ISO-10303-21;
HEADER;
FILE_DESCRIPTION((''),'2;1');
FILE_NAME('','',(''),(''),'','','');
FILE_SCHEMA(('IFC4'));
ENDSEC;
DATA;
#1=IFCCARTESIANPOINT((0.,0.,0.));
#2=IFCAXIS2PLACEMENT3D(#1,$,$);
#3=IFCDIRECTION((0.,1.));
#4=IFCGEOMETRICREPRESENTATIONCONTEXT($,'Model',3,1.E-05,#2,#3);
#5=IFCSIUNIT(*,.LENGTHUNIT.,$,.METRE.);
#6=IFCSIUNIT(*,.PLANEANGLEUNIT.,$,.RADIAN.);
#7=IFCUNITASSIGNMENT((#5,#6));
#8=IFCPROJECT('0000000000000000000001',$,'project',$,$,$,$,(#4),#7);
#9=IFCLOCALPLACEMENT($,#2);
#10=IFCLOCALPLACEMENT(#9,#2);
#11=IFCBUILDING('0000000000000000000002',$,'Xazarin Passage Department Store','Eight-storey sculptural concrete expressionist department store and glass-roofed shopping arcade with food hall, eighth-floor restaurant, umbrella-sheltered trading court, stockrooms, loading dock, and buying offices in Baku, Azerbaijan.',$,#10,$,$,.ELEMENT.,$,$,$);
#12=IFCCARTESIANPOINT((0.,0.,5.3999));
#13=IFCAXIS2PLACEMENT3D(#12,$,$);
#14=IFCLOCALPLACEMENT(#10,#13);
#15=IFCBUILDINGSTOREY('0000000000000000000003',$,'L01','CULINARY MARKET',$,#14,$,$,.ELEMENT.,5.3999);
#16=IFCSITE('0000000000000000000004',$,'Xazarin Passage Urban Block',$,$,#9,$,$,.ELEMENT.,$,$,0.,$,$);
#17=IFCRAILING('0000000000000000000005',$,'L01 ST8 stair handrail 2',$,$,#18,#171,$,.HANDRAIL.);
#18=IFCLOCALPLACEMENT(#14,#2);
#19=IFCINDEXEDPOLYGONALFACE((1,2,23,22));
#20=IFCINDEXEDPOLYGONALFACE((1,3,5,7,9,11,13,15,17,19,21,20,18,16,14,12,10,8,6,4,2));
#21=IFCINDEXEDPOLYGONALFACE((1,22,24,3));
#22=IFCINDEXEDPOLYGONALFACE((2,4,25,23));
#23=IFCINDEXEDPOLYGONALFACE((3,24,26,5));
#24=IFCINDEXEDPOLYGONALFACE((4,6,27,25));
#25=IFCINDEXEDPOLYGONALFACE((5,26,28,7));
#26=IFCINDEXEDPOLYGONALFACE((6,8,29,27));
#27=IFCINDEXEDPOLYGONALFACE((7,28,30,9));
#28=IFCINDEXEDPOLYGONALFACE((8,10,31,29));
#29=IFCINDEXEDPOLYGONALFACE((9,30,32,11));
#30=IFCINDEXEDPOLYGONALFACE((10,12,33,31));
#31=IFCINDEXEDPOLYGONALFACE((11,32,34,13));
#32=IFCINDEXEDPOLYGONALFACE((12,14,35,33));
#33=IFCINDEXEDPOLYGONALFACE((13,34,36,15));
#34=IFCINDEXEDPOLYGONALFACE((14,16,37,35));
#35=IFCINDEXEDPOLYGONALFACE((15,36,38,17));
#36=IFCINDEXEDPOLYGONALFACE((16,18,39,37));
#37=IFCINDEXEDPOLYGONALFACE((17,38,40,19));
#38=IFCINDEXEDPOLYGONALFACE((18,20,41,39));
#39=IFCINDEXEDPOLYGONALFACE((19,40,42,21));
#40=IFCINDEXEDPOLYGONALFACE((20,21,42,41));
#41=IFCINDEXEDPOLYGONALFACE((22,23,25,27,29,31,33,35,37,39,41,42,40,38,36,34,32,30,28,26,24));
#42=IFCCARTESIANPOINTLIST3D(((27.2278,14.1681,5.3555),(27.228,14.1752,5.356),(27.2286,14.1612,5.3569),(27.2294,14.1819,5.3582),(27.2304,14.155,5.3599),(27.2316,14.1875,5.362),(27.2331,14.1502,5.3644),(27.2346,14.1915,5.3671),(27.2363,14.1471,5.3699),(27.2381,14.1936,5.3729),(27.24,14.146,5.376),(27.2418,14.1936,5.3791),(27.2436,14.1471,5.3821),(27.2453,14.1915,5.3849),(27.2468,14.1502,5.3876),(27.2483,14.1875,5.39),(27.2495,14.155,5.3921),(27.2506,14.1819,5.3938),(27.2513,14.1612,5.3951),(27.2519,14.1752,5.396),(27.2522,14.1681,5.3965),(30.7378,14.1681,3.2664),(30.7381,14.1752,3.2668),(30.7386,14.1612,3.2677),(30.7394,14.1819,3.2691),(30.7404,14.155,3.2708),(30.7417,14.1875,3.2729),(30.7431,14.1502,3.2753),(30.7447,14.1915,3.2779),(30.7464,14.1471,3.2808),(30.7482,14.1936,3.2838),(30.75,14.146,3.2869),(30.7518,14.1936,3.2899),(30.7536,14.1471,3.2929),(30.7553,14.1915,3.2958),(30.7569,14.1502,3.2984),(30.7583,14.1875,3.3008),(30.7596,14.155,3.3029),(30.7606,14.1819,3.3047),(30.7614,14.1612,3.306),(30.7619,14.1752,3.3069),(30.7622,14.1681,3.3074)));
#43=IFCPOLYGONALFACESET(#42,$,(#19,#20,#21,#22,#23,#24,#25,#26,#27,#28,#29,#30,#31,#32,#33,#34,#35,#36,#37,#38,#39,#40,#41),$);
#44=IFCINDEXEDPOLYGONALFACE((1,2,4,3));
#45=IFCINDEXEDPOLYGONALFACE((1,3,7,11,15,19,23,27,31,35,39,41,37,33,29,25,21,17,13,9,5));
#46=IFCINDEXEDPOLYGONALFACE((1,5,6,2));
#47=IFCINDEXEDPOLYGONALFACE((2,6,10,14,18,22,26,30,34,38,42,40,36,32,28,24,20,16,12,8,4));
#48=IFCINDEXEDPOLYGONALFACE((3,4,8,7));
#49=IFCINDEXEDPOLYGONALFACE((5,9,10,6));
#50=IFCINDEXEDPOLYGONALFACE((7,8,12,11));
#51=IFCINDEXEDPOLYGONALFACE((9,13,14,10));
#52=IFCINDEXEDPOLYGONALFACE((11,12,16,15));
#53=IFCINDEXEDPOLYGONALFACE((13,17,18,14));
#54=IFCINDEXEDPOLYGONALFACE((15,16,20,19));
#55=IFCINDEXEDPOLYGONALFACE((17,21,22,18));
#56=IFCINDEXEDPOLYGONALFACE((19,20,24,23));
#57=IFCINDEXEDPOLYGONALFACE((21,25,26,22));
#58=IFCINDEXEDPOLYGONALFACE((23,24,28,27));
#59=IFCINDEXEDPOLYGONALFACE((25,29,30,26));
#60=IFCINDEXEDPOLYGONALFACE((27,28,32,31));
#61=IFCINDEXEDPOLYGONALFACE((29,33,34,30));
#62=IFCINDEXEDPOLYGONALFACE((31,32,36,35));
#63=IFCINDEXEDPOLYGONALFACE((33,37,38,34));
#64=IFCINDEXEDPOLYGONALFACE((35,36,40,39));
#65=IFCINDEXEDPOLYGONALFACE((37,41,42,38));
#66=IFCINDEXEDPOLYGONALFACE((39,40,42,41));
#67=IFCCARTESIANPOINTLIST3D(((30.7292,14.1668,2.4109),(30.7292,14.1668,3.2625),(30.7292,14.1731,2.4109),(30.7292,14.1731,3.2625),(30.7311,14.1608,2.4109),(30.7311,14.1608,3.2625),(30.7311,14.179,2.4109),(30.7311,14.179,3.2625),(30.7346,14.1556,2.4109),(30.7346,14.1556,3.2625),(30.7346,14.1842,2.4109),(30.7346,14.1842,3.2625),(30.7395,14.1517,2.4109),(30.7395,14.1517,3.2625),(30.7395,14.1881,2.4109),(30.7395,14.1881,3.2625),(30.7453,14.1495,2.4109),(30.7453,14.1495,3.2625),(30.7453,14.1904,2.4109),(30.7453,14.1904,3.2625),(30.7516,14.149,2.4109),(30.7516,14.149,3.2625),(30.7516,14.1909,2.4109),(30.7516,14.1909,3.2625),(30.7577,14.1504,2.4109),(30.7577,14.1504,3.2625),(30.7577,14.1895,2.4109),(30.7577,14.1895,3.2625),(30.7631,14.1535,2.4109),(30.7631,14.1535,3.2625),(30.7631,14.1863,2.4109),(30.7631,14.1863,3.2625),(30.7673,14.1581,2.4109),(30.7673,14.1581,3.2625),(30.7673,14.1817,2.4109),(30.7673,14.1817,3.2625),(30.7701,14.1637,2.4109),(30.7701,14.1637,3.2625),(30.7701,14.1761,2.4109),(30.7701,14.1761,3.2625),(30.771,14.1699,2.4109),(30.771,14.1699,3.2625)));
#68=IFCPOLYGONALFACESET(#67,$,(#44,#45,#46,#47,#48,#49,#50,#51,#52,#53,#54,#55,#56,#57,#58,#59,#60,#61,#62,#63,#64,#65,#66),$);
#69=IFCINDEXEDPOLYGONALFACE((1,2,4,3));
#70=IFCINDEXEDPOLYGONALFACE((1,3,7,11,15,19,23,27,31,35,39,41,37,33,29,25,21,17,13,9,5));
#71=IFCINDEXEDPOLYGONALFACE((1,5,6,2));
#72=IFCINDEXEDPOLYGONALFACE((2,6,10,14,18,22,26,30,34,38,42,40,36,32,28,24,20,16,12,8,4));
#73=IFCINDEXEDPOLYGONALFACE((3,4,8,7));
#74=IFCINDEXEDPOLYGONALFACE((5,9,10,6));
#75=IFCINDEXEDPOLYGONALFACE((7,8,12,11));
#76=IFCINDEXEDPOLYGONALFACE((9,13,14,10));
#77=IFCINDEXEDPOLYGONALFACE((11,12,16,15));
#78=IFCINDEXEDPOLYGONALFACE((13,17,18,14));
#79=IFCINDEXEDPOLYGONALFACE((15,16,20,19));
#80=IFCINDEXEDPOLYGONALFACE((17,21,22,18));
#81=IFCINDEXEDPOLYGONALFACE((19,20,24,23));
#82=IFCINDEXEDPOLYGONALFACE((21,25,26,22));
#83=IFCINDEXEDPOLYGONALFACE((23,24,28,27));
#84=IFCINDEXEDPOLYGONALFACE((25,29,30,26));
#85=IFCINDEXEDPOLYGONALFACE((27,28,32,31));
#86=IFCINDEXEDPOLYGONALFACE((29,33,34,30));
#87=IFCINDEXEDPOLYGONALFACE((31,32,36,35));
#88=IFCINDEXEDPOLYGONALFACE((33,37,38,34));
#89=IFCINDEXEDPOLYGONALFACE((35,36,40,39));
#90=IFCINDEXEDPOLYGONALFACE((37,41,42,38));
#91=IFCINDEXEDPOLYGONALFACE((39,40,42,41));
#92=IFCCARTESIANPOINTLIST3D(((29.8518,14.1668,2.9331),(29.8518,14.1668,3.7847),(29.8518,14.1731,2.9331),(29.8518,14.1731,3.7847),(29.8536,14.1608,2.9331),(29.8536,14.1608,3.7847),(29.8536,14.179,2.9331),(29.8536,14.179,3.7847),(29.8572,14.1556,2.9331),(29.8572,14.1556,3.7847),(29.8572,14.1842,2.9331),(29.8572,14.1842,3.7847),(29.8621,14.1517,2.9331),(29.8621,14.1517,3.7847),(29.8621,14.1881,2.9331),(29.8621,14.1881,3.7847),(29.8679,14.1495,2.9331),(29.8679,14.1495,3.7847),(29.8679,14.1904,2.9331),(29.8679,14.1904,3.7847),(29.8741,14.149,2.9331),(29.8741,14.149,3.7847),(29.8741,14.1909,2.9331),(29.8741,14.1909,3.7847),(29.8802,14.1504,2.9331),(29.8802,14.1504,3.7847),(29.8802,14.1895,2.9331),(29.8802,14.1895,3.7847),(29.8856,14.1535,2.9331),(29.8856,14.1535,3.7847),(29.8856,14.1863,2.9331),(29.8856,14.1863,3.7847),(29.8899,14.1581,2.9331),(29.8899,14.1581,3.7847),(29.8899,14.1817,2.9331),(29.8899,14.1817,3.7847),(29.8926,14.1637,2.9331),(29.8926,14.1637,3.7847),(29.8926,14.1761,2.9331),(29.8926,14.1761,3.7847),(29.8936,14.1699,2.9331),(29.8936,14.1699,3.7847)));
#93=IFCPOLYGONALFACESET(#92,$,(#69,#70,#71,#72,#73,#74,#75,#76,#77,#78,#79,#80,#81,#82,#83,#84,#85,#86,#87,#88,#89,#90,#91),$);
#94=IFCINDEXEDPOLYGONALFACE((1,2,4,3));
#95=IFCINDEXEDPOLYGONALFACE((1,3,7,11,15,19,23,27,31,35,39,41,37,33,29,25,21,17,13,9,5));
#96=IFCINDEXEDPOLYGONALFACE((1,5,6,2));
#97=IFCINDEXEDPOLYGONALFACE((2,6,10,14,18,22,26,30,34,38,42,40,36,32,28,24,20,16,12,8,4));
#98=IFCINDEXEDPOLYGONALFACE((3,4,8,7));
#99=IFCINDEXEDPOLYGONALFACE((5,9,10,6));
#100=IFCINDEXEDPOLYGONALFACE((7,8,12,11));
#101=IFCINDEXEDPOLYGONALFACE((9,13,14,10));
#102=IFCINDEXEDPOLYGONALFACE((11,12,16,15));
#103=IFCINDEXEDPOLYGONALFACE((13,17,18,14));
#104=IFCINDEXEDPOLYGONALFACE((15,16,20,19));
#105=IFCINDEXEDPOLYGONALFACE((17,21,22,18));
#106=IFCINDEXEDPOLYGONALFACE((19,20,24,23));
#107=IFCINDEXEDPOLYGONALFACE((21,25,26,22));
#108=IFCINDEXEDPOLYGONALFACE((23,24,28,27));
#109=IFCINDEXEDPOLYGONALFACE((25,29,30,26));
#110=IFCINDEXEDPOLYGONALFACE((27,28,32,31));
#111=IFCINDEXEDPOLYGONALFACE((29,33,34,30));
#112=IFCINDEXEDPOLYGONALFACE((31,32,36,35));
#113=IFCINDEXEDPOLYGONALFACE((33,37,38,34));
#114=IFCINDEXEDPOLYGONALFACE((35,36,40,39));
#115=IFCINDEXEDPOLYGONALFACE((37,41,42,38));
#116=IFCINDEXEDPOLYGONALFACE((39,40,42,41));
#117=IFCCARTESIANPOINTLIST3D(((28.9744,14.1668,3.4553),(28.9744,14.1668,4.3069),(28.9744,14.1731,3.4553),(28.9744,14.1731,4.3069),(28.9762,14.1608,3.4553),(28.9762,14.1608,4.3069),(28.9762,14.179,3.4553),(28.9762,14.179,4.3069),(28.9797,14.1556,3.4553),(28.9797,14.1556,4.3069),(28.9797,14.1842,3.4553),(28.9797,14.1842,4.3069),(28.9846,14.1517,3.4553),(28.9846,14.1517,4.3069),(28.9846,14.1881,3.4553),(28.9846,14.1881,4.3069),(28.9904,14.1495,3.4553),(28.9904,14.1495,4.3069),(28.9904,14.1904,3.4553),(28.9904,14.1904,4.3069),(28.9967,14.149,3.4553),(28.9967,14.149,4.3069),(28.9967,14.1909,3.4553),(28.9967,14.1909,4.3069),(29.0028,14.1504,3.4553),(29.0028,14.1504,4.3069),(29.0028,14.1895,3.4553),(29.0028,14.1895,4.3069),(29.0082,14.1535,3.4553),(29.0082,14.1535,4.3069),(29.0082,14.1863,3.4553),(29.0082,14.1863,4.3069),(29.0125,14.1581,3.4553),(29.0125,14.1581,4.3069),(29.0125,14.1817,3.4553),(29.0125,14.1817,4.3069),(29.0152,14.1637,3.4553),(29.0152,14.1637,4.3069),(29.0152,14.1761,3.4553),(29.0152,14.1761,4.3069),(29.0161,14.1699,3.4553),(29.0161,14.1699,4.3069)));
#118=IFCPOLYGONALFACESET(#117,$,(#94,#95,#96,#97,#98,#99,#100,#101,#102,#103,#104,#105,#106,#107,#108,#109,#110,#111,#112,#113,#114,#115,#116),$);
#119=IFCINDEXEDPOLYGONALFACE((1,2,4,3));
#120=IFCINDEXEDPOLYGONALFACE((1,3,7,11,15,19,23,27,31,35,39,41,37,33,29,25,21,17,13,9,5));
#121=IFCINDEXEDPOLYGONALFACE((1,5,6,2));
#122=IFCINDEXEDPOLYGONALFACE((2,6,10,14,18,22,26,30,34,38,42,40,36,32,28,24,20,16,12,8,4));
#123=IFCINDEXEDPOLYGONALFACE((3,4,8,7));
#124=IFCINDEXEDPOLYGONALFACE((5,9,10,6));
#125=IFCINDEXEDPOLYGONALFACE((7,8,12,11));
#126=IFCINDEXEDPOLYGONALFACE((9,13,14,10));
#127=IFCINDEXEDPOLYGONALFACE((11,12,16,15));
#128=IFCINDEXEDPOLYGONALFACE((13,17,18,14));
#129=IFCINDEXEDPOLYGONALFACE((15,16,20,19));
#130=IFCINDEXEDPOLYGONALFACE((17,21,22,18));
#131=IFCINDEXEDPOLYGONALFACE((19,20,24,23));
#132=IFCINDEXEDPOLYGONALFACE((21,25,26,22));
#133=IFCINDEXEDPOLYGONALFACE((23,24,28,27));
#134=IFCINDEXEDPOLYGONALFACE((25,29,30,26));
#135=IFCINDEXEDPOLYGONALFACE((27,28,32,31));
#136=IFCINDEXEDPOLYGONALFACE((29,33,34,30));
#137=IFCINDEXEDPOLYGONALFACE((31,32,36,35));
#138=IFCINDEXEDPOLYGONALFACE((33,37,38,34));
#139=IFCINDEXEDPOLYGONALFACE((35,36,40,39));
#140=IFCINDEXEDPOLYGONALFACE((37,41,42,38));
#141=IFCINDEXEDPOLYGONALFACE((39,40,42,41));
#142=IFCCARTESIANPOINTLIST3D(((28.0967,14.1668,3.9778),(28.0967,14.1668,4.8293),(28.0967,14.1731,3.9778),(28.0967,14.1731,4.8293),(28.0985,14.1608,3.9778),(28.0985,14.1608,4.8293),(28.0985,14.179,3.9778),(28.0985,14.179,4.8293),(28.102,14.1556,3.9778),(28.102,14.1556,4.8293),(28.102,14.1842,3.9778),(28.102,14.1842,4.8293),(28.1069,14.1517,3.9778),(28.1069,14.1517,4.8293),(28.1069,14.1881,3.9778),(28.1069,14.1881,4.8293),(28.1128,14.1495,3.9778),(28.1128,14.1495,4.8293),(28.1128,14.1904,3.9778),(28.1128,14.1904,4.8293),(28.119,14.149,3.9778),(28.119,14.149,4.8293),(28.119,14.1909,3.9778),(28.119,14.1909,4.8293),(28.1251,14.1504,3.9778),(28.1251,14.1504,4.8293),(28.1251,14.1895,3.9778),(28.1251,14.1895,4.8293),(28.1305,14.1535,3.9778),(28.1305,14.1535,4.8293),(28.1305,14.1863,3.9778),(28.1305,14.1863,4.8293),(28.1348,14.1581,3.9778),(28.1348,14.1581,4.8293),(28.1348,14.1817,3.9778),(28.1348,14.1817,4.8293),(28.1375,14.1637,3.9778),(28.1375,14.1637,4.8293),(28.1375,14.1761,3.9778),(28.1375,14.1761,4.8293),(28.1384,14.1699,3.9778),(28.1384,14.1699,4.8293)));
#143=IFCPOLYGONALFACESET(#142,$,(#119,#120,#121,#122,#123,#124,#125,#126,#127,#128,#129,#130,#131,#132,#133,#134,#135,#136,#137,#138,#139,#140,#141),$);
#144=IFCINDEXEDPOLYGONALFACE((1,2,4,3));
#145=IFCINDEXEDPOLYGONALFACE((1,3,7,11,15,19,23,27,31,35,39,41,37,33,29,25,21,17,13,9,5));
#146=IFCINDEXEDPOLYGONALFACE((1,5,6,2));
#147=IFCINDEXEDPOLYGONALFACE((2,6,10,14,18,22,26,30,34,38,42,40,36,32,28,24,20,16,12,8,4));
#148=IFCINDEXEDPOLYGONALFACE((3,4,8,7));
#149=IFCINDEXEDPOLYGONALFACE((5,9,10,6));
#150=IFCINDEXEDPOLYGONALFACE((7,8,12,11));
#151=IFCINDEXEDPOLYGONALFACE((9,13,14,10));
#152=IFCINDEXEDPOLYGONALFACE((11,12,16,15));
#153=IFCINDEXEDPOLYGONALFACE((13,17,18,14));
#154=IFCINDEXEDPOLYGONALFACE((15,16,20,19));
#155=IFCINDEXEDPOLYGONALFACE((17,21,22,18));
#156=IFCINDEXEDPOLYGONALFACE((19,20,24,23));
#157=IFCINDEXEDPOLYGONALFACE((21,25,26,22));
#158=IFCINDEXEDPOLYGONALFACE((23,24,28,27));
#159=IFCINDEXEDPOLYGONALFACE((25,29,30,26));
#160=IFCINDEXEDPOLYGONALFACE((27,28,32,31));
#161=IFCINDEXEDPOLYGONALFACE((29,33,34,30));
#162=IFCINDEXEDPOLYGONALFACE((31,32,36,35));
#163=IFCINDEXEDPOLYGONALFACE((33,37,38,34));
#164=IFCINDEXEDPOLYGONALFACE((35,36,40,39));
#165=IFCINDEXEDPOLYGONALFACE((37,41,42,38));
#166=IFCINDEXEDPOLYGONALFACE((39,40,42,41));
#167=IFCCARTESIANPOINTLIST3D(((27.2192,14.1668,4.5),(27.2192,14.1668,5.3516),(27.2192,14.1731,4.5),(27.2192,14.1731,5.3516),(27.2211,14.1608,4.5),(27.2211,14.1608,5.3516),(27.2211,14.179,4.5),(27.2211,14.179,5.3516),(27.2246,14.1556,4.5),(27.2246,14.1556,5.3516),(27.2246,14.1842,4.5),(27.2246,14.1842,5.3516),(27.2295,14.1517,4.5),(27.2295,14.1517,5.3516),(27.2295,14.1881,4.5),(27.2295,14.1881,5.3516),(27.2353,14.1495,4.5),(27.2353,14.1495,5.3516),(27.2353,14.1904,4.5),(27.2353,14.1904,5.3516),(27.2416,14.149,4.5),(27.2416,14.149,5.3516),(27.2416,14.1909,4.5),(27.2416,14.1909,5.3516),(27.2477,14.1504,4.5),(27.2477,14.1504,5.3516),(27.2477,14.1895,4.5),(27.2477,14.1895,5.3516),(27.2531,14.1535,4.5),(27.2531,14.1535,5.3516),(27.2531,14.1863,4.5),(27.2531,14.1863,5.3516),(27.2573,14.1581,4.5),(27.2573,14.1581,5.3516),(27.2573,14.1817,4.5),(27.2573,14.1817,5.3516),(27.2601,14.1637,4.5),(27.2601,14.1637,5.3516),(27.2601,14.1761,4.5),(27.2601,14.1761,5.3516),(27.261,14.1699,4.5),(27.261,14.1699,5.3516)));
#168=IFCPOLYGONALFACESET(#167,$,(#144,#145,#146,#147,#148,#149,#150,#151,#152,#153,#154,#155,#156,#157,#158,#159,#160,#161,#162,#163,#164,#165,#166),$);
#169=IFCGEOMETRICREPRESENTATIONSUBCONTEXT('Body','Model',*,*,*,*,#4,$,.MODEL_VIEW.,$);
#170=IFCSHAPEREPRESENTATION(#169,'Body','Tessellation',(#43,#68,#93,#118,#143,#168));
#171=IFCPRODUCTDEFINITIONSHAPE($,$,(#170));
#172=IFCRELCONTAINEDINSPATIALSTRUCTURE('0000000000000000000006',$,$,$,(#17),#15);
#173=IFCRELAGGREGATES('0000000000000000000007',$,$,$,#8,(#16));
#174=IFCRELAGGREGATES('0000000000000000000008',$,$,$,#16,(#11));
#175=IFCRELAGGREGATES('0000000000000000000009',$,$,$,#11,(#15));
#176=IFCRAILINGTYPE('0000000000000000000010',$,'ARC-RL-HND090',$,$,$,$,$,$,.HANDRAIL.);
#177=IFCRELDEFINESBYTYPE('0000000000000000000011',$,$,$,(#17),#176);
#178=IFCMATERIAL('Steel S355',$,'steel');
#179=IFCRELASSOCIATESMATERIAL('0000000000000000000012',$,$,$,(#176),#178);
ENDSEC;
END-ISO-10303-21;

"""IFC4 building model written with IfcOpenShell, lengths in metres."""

from ifc_helpers import new_model, si_unit, direction, frame, origin, origin_2d, place, context, subcontext, project, spatial, circle, extrude, material, type_object, element, save


model = new_model("IFC4")

# Units and contexts
model_context = context("Model", 3, precision=1e-05, world=origin(), true_north=direction((0.0, 1.0)))
body_context = subcontext(model_context, "Body", "Model", "MODEL_VIEW")
ifc_project = project(units=[si_unit("LENGTHUNIT", "METRE"), si_unit("PLANEANGLEUNIT", "RADIAN")], contexts=[model_context])

# Site, building, storey
site_placement = place(None, origin())
site = spatial("IfcSite", under=ifc_project, at=site_placement, Name="Xazarin Passage Urban Block", CompositionType="ELEMENT", RefElevation=0.0)
building_placement = place(site_placement, origin())
building = spatial("IfcBuilding", under=site, at=building_placement, Name="Xazarin Passage Department Store", Description="Eight-storey sculptural concrete expressionist department store and glass-roofed shopping arcade with food hall, eighth-floor restaurant, umbrella-sheltered trading court, stockrooms, loading dock, and buying offices in Baku, Azerbaijan.", CompositionType="ELEMENT")
storey_placement = place(building_placement, frame((0.0, 0.0, 5.3999)))
storey = spatial("IfcBuildingStorey", under=building, at=storey_placement, Name="L01", Description="CULINARY MARKET", CompositionType="ELEMENT", Elevation=5.3999)

# Shared definitions
ifc_material_1 = material(Name="Steel S355", Category="steel")

# Railing
railing_type_1 = type_object("IfcRailingType", Name="ARC-RL-HND090", PredefinedType="HANDRAIL", material=ifc_material_1)
railing_1_placement = place(storey_placement, frame((30.75, 14.1699, 2.4109)))
element("IfcRailing", 1, at=railing_1_placement, inside=storey, type_object=railing_type_1, Name="L01 ST8 stair handrail 2", PredefinedType="HANDRAIL", context=body_context, shape_type="SweptSolid", body=[
    extrude(circle(Radius=0.0239, at=origin_2d()), frame((0.0, 0.0, 0.876), z_axis=(-0.859312, 0.0, 0.511451), x_axis=(0.0, -1.0, 0.0)), (0.0, 0.0, 1.0), 4.0847),
    extrude(circle(Radius=0.021, at=origin_2d()), origin(), (0.0, 0.0, 1.0), 0.8516),
    extrude(circle(Radius=0.021, at=origin_2d()), frame((-0.8774, 0.0, 0.5222)), (0.0, 0.0, 1.0), 0.8516),
    extrude(circle(Radius=0.021, at=origin_2d()), frame((-1.7549, 0.0, 1.0444)), (0.0, 0.0, 1.0), 0.8516),
    extrude(circle(Radius=0.021, at=origin_2d()), frame((-2.6326, 0.0, 1.5669)), (0.0, 0.0, 1.0), 0.8516),
    extrude(circle(Radius=0.021, at=origin_2d()), frame((-3.51, 0.0, 2.0891)), (0.0, 0.0, 1.0), 0.8516),
])

save(model, "model.ifc")
